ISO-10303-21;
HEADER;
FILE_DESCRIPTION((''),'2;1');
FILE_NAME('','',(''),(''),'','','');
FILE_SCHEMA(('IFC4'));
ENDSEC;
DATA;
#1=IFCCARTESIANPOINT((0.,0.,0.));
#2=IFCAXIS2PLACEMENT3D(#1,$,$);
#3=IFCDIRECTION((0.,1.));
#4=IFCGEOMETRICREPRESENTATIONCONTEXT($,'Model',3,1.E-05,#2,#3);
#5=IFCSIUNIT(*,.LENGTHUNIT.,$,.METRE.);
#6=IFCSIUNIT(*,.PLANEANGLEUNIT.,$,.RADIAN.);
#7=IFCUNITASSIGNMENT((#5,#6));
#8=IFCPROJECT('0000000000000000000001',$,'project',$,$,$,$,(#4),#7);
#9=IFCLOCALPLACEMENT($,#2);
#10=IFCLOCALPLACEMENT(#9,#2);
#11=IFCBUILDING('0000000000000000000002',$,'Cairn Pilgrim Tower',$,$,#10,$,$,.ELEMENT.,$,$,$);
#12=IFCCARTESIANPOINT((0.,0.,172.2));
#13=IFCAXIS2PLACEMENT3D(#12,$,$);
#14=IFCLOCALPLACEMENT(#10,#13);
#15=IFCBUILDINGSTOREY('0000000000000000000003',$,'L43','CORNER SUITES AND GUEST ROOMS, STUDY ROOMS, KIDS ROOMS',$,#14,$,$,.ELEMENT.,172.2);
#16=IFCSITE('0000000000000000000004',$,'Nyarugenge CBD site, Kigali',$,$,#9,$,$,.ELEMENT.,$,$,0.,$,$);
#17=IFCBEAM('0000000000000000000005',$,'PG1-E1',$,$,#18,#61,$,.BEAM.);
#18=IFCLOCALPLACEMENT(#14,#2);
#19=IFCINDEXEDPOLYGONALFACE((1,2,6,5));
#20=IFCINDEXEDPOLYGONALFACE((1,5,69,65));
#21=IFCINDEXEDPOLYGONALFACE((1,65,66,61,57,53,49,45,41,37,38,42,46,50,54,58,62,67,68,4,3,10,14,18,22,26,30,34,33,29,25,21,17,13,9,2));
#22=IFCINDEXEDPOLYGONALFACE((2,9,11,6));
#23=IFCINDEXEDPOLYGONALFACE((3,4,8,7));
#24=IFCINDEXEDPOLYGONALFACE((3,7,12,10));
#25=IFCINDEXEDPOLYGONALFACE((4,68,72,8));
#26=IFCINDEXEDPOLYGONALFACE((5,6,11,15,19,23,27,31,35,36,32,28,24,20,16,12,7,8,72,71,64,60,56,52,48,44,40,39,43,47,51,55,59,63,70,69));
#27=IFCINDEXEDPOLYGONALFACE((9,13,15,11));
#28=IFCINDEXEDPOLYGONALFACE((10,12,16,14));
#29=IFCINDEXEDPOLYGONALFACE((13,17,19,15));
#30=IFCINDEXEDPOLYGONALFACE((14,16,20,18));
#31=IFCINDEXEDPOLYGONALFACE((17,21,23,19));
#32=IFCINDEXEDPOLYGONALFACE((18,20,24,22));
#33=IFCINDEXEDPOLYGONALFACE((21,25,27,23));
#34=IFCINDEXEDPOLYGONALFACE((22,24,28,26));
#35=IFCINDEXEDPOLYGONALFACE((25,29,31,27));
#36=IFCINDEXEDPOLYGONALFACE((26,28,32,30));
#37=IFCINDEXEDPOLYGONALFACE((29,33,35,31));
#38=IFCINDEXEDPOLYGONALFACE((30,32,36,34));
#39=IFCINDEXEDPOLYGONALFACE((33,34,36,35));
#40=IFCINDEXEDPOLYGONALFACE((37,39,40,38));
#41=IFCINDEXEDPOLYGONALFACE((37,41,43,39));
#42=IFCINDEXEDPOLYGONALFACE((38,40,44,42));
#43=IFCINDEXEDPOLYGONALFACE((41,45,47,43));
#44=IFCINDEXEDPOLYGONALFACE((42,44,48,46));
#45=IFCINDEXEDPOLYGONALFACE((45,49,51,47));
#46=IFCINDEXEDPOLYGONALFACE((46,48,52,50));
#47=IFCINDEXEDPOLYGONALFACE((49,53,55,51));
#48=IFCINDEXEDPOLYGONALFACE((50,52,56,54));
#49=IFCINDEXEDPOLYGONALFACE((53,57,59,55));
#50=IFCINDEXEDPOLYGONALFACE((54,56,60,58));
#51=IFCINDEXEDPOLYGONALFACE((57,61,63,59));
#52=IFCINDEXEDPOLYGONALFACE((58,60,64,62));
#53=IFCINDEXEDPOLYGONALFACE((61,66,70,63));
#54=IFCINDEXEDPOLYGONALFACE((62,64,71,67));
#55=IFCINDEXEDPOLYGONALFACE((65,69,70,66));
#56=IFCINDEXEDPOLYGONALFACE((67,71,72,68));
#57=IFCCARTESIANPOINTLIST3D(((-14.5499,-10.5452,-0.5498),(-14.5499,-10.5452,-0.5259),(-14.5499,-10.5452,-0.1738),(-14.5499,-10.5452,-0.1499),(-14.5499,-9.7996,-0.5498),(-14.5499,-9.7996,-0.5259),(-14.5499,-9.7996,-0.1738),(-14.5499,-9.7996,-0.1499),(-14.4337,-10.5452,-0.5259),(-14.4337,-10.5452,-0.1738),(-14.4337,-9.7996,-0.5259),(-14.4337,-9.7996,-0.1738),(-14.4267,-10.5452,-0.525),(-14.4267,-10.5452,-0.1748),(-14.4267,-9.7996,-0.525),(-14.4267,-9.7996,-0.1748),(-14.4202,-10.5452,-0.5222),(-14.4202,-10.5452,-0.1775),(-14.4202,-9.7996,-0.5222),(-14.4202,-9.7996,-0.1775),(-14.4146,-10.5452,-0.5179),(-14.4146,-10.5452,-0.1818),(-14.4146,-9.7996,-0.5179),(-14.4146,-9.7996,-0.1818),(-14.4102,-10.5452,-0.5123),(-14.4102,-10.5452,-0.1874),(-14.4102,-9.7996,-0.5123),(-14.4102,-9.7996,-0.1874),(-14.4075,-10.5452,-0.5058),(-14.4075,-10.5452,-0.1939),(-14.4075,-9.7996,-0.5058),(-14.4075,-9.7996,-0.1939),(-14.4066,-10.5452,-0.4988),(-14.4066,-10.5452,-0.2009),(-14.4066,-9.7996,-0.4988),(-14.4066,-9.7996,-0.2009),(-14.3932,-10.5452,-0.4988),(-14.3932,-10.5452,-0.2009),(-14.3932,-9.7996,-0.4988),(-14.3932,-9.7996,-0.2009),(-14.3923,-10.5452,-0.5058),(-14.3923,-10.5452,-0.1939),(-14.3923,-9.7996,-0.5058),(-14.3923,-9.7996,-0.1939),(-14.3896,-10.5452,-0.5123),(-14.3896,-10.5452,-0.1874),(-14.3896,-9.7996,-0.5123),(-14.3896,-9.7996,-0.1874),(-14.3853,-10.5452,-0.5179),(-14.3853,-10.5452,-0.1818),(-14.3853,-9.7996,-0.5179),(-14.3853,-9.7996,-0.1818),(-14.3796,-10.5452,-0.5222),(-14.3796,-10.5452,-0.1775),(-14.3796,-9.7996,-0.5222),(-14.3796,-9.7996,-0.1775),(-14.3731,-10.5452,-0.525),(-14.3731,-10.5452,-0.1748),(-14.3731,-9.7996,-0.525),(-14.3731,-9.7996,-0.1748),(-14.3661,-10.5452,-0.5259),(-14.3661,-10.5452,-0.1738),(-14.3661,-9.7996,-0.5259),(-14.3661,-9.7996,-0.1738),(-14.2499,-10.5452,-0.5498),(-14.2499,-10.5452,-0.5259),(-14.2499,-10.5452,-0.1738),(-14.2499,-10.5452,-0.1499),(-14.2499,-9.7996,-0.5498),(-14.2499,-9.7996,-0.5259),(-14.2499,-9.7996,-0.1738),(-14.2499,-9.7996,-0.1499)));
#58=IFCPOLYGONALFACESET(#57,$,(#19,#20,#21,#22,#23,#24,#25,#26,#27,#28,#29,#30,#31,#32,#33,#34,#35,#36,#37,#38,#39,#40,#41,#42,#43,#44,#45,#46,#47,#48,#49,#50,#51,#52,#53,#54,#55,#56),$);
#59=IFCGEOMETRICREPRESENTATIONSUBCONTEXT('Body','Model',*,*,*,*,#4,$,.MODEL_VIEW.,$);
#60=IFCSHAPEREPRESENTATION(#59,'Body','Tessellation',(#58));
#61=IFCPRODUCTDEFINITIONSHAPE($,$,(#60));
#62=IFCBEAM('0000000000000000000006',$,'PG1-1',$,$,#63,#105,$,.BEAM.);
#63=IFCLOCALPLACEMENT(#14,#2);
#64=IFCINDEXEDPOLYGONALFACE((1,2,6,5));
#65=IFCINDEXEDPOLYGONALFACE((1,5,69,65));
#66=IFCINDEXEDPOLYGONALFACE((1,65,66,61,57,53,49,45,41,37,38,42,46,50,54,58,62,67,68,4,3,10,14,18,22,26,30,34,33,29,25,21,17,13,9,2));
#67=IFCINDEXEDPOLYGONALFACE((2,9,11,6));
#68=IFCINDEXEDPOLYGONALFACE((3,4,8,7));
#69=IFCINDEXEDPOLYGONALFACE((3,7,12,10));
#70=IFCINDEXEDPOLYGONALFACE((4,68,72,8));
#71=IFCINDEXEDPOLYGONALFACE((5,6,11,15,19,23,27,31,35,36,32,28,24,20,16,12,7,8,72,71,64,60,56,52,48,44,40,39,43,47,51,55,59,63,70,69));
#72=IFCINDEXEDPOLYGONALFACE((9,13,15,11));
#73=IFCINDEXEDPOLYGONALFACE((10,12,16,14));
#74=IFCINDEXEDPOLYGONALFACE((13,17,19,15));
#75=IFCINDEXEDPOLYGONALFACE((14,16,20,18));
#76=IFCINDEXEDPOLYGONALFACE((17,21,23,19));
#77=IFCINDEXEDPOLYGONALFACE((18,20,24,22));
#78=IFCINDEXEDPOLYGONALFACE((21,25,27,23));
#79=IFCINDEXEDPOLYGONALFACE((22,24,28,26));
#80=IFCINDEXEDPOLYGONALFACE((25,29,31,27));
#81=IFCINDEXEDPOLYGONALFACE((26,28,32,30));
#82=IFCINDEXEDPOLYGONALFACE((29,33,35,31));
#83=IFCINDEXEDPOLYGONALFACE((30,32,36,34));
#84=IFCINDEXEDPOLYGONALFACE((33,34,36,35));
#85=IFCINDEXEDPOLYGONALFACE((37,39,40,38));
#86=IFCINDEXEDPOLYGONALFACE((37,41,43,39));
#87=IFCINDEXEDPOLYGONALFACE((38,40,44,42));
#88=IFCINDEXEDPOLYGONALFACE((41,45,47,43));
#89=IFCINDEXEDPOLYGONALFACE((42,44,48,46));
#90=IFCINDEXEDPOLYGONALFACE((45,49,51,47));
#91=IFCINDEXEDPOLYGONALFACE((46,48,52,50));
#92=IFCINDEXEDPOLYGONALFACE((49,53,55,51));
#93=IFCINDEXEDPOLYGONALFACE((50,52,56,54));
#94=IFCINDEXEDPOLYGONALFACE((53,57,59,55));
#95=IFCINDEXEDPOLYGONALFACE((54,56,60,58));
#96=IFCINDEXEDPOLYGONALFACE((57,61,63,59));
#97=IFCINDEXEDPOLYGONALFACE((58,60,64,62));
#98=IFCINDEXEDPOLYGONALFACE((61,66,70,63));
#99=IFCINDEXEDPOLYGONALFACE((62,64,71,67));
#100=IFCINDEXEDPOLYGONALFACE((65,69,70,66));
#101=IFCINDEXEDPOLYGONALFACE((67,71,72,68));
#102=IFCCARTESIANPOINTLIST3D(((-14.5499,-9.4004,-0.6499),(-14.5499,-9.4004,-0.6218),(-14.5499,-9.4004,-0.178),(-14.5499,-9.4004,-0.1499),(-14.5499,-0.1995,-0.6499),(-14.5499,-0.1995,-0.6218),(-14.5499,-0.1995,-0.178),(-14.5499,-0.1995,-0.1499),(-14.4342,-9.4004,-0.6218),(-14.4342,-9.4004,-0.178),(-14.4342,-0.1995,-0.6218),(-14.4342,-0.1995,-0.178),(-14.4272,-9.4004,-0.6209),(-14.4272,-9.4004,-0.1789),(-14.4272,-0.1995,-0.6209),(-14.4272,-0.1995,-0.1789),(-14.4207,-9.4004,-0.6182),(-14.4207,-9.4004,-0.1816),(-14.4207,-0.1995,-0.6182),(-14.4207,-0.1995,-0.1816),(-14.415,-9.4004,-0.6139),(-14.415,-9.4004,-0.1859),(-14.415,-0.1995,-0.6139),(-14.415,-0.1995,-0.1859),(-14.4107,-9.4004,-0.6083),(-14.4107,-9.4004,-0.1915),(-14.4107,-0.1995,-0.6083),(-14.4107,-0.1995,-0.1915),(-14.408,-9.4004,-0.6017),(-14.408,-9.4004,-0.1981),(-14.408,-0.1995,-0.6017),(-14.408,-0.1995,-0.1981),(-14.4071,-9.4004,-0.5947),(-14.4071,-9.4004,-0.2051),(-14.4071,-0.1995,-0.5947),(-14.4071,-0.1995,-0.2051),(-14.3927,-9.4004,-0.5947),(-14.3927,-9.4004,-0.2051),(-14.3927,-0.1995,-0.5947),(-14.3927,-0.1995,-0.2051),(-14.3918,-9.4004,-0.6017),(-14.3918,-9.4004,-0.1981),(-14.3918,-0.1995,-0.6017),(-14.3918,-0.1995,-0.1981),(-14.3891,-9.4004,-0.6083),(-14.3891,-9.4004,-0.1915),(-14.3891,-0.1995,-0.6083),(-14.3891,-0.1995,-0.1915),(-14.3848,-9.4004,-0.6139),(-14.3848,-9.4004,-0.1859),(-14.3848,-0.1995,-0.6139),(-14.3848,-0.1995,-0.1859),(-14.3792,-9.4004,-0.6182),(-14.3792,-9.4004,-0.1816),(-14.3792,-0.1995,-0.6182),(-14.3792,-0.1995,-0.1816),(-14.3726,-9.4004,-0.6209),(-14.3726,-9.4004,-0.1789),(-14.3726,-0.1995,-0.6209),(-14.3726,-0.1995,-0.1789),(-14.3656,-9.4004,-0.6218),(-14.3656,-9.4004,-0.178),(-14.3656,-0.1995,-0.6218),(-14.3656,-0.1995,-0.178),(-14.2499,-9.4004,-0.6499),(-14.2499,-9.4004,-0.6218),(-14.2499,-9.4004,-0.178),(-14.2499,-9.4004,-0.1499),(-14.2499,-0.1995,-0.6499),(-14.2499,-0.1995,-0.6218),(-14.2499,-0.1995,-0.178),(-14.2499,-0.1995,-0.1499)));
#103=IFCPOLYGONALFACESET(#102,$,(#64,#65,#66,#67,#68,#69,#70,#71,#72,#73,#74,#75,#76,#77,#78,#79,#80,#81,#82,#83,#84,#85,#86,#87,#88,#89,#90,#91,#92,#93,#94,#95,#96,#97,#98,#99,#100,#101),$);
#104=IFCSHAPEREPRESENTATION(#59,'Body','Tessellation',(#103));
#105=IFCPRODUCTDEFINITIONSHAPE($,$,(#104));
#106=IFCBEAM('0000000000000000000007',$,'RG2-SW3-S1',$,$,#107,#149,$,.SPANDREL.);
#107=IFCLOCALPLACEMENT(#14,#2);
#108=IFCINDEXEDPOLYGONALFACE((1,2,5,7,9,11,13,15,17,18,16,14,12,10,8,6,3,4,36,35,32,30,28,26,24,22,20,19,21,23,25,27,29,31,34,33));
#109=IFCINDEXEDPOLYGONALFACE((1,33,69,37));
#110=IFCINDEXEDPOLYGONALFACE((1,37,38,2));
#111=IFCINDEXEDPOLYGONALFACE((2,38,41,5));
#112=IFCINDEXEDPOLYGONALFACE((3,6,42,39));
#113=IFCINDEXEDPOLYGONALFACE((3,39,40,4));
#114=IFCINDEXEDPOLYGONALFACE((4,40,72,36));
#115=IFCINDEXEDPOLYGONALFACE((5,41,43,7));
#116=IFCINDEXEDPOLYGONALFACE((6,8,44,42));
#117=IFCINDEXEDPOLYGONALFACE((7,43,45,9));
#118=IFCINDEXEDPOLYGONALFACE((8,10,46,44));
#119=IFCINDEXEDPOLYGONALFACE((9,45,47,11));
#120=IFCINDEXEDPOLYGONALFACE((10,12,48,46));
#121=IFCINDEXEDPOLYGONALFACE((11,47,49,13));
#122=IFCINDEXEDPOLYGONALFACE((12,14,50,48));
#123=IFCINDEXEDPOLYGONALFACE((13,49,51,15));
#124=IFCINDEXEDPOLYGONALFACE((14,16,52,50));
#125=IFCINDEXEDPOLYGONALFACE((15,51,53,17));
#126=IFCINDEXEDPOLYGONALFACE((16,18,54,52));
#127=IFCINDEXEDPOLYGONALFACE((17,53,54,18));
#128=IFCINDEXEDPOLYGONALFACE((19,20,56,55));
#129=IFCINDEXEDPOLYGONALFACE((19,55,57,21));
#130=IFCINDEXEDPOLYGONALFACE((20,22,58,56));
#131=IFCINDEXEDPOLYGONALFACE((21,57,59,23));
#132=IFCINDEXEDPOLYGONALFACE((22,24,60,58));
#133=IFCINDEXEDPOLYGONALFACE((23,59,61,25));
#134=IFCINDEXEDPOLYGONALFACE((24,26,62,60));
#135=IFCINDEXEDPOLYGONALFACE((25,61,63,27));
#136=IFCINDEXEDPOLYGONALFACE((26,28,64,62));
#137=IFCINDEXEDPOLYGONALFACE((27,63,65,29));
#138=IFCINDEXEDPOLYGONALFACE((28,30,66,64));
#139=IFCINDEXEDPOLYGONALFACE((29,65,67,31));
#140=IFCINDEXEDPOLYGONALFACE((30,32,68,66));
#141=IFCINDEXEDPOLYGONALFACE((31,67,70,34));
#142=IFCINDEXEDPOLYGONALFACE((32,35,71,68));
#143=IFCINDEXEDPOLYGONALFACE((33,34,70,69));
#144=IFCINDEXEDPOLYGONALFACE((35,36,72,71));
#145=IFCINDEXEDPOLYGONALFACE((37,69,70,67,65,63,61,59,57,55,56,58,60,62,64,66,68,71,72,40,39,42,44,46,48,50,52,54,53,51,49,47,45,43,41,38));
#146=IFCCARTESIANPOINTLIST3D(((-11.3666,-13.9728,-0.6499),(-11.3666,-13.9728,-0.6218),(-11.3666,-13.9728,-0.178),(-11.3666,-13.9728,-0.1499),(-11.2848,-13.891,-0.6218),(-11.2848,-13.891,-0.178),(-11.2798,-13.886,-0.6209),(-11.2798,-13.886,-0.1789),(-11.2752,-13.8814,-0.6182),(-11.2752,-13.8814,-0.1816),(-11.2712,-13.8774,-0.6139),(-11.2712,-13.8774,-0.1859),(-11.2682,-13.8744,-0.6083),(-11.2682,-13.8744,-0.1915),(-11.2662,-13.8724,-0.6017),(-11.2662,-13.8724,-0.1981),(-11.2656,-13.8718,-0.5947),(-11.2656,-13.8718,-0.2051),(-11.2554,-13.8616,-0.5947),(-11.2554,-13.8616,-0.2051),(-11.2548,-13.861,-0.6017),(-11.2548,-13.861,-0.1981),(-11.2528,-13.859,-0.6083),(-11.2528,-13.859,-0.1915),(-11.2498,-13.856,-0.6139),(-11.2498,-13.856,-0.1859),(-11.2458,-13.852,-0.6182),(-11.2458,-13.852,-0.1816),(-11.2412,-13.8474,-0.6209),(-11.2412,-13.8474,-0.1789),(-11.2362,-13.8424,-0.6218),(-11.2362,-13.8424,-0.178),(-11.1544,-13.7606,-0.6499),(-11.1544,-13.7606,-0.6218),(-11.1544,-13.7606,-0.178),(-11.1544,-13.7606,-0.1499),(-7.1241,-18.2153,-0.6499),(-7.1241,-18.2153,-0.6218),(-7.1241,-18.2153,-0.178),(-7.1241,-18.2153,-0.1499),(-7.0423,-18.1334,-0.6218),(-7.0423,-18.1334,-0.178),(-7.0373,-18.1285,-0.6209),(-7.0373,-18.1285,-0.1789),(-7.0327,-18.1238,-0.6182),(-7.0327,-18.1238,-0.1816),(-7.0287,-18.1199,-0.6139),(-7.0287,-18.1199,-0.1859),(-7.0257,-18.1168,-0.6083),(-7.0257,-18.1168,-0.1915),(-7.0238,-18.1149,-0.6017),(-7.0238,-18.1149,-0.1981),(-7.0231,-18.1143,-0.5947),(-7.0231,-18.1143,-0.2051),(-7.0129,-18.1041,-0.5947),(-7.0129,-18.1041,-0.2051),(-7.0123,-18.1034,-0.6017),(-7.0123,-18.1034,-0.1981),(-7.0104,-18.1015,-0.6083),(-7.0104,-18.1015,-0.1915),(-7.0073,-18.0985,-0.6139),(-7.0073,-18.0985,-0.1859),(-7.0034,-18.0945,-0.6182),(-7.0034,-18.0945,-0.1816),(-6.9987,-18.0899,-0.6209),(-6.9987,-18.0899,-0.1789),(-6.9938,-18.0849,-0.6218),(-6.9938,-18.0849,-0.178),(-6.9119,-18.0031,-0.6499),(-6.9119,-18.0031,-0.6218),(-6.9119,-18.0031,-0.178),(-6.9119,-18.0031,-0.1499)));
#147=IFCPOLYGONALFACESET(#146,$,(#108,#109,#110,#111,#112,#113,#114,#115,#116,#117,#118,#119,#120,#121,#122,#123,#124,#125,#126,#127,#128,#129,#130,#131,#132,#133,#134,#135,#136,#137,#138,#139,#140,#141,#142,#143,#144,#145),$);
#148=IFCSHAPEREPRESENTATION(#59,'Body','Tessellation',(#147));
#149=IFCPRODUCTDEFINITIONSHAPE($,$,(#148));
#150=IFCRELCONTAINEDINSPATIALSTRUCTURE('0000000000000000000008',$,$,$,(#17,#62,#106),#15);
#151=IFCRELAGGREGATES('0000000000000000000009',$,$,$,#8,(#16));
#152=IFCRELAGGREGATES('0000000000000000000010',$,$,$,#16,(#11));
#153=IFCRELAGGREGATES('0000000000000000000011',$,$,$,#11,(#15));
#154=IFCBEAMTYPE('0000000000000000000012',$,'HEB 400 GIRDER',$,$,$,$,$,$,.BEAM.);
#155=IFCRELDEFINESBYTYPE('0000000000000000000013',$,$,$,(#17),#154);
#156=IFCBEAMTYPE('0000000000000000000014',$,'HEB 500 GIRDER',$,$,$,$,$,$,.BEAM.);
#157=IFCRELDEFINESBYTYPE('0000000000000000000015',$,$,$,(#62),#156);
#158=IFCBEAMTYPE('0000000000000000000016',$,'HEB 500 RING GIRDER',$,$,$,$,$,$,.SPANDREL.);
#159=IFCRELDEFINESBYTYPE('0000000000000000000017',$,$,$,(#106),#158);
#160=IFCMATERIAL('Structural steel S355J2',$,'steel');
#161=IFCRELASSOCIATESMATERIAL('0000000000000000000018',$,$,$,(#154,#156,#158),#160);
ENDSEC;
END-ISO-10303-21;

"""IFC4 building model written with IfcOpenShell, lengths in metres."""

from ifc_helpers import new_model, si_unit, direction, frame, origin, origin_2d, place, context, subcontext, project, spatial, i_section, extrude, material, material_profile, profile_set, type_object, element, save


model = new_model("IFC4")

# Units and contexts
model_context = context("Model", 3, precision=1e-05, world=origin(), true_north=direction((0.0, 1.0)))
body_context = subcontext(model_context, "Body", "Model", "MODEL_VIEW")
ifc_project = project(units=[si_unit("LENGTHUNIT", "METRE"), si_unit("PLANEANGLEUNIT", "RADIAN")], contexts=[model_context])

# Site, building, storey
site_placement = place(None, origin())
site = spatial("IfcSite", under=ifc_project, at=site_placement, Name="Nyarugenge CBD site, Kigali", CompositionType="ELEMENT", RefElevation=0.0)
building_placement = place(site_placement, origin())
building = spatial("IfcBuilding", under=site, at=building_placement, Name="Cairn Pilgrim Tower", CompositionType="ELEMENT")
storey_placement = place(building_placement, frame((0.0, 0.0, 172.2)))
storey = spatial("IfcBuildingStorey", under=building, at=storey_placement, Name="L43", Description="CORNER SUITES AND GUEST ROOMS, STUDY ROOMS, KIDS ROOMS", CompositionType="ELEMENT", Elevation=172.2)

# Shared definitions
ifc_material_1 = material(Name="Structural steel S355J2", Category="steel")

# Beams
ifc_material_profile_1 = material_profile(ifc_material_1, i_section(OverallWidth=0.3, OverallDepth=0.3999, WebThickness=0.0134, FlangeThickness=0.0239, FilletRadius=0.0271, at=origin_2d()), Name="HEB 400")
ifc_profile_set_1 = profile_set([ifc_material_profile_1], Name="Structural steel S355J2")
beam_type_1 = type_object("IfcBeamType", Name="HEB 400 GIRDER", PredefinedType="BEAM", material=ifc_profile_set_1)
beam_1_placement = place(storey_placement, frame((-14.3999, -10.5452, -0.3499), z_axis=(0.0, 1.0, 0.0), x_axis=(-1.0, 0.0, 0.0)))
element("IfcBeam", 1, at=beam_1_placement, inside=storey, type_object=beam_type_1, Name="PG1-E1", PredefinedType="BEAM", context=body_context, shape_type="SweptSolid", body=[
    extrude(i_section(OverallWidth=0.3, OverallDepth=0.3999, WebThickness=0.0134, FlangeThickness=0.0239, FilletRadius=0.0271, at=origin_2d()), origin(), (0.0, 0.0, 1.0), 0.7456),
])
ifc_material_profile_2 = material_profile(ifc_material_1, i_section(OverallWidth=0.3, OverallDepth=0.5, WebThickness=0.0144, FlangeThickness=0.0281, FilletRadius=0.0271, at=origin_2d()), Name="HEB 500")
ifc_profile_set_2 = profile_set([ifc_material_profile_2], Name="Structural steel S355J2")
beam_type_2 = type_object("IfcBeamType", Name="HEB 500 GIRDER", PredefinedType="BEAM", material=ifc_profile_set_2)
beam_2_placement = place(storey_placement, frame((-14.3999, -9.4004, -0.3999), z_axis=(0.0, 1.0, 0.0), x_axis=(-1.0, 0.0, 0.0)))
element("IfcBeam", 2, at=beam_2_placement, inside=storey, type_object=beam_type_2, Name="PG1-1", PredefinedType="BEAM", context=body_context, shape_type="SweptSolid", body=[
    extrude(i_section(OverallWidth=0.3, OverallDepth=0.5, WebThickness=0.0144, FlangeThickness=0.0281, FilletRadius=0.0271, at=origin_2d()), origin(), (0.0, 0.0, 1.0), 9.2009),
])
ifc_material_profile_3 = material_profile(ifc_material_1, i_section(OverallWidth=0.3, OverallDepth=0.5, WebThickness=0.0144, FlangeThickness=0.0281, FilletRadius=0.0271, at=origin_2d()), Name="HEB 500")
ifc_profile_set_3 = profile_set([ifc_material_profile_3], Name="Structural steel S355J2")
beam_type_3 = type_object("IfcBeamType", Name="HEB 500 RING GIRDER", PredefinedType="SPANDREL", material=ifc_profile_set_3)
beam_3_placement = place(storey_placement, frame((-11.2605, -13.8667, -0.3999), z_axis=(0.707107, -0.707107, 0.0), x_axis=(0.707107, 0.707107, 0.0)))
element("IfcBeam", 3, at=beam_3_placement, inside=storey, type_object=beam_type_3, Name="RG2-SW3-S1", PredefinedType="SPANDREL", context=body_context, shape_type="SweptSolid", body=[
    extrude(i_section(OverallWidth=0.3, OverallDepth=0.5, WebThickness=0.0144, FlangeThickness=0.0281, FilletRadius=0.0271, at=origin_2d()), origin(), (0.0, 0.0, 1.0), 5.9998),
])

save(model, "model.ifc")
